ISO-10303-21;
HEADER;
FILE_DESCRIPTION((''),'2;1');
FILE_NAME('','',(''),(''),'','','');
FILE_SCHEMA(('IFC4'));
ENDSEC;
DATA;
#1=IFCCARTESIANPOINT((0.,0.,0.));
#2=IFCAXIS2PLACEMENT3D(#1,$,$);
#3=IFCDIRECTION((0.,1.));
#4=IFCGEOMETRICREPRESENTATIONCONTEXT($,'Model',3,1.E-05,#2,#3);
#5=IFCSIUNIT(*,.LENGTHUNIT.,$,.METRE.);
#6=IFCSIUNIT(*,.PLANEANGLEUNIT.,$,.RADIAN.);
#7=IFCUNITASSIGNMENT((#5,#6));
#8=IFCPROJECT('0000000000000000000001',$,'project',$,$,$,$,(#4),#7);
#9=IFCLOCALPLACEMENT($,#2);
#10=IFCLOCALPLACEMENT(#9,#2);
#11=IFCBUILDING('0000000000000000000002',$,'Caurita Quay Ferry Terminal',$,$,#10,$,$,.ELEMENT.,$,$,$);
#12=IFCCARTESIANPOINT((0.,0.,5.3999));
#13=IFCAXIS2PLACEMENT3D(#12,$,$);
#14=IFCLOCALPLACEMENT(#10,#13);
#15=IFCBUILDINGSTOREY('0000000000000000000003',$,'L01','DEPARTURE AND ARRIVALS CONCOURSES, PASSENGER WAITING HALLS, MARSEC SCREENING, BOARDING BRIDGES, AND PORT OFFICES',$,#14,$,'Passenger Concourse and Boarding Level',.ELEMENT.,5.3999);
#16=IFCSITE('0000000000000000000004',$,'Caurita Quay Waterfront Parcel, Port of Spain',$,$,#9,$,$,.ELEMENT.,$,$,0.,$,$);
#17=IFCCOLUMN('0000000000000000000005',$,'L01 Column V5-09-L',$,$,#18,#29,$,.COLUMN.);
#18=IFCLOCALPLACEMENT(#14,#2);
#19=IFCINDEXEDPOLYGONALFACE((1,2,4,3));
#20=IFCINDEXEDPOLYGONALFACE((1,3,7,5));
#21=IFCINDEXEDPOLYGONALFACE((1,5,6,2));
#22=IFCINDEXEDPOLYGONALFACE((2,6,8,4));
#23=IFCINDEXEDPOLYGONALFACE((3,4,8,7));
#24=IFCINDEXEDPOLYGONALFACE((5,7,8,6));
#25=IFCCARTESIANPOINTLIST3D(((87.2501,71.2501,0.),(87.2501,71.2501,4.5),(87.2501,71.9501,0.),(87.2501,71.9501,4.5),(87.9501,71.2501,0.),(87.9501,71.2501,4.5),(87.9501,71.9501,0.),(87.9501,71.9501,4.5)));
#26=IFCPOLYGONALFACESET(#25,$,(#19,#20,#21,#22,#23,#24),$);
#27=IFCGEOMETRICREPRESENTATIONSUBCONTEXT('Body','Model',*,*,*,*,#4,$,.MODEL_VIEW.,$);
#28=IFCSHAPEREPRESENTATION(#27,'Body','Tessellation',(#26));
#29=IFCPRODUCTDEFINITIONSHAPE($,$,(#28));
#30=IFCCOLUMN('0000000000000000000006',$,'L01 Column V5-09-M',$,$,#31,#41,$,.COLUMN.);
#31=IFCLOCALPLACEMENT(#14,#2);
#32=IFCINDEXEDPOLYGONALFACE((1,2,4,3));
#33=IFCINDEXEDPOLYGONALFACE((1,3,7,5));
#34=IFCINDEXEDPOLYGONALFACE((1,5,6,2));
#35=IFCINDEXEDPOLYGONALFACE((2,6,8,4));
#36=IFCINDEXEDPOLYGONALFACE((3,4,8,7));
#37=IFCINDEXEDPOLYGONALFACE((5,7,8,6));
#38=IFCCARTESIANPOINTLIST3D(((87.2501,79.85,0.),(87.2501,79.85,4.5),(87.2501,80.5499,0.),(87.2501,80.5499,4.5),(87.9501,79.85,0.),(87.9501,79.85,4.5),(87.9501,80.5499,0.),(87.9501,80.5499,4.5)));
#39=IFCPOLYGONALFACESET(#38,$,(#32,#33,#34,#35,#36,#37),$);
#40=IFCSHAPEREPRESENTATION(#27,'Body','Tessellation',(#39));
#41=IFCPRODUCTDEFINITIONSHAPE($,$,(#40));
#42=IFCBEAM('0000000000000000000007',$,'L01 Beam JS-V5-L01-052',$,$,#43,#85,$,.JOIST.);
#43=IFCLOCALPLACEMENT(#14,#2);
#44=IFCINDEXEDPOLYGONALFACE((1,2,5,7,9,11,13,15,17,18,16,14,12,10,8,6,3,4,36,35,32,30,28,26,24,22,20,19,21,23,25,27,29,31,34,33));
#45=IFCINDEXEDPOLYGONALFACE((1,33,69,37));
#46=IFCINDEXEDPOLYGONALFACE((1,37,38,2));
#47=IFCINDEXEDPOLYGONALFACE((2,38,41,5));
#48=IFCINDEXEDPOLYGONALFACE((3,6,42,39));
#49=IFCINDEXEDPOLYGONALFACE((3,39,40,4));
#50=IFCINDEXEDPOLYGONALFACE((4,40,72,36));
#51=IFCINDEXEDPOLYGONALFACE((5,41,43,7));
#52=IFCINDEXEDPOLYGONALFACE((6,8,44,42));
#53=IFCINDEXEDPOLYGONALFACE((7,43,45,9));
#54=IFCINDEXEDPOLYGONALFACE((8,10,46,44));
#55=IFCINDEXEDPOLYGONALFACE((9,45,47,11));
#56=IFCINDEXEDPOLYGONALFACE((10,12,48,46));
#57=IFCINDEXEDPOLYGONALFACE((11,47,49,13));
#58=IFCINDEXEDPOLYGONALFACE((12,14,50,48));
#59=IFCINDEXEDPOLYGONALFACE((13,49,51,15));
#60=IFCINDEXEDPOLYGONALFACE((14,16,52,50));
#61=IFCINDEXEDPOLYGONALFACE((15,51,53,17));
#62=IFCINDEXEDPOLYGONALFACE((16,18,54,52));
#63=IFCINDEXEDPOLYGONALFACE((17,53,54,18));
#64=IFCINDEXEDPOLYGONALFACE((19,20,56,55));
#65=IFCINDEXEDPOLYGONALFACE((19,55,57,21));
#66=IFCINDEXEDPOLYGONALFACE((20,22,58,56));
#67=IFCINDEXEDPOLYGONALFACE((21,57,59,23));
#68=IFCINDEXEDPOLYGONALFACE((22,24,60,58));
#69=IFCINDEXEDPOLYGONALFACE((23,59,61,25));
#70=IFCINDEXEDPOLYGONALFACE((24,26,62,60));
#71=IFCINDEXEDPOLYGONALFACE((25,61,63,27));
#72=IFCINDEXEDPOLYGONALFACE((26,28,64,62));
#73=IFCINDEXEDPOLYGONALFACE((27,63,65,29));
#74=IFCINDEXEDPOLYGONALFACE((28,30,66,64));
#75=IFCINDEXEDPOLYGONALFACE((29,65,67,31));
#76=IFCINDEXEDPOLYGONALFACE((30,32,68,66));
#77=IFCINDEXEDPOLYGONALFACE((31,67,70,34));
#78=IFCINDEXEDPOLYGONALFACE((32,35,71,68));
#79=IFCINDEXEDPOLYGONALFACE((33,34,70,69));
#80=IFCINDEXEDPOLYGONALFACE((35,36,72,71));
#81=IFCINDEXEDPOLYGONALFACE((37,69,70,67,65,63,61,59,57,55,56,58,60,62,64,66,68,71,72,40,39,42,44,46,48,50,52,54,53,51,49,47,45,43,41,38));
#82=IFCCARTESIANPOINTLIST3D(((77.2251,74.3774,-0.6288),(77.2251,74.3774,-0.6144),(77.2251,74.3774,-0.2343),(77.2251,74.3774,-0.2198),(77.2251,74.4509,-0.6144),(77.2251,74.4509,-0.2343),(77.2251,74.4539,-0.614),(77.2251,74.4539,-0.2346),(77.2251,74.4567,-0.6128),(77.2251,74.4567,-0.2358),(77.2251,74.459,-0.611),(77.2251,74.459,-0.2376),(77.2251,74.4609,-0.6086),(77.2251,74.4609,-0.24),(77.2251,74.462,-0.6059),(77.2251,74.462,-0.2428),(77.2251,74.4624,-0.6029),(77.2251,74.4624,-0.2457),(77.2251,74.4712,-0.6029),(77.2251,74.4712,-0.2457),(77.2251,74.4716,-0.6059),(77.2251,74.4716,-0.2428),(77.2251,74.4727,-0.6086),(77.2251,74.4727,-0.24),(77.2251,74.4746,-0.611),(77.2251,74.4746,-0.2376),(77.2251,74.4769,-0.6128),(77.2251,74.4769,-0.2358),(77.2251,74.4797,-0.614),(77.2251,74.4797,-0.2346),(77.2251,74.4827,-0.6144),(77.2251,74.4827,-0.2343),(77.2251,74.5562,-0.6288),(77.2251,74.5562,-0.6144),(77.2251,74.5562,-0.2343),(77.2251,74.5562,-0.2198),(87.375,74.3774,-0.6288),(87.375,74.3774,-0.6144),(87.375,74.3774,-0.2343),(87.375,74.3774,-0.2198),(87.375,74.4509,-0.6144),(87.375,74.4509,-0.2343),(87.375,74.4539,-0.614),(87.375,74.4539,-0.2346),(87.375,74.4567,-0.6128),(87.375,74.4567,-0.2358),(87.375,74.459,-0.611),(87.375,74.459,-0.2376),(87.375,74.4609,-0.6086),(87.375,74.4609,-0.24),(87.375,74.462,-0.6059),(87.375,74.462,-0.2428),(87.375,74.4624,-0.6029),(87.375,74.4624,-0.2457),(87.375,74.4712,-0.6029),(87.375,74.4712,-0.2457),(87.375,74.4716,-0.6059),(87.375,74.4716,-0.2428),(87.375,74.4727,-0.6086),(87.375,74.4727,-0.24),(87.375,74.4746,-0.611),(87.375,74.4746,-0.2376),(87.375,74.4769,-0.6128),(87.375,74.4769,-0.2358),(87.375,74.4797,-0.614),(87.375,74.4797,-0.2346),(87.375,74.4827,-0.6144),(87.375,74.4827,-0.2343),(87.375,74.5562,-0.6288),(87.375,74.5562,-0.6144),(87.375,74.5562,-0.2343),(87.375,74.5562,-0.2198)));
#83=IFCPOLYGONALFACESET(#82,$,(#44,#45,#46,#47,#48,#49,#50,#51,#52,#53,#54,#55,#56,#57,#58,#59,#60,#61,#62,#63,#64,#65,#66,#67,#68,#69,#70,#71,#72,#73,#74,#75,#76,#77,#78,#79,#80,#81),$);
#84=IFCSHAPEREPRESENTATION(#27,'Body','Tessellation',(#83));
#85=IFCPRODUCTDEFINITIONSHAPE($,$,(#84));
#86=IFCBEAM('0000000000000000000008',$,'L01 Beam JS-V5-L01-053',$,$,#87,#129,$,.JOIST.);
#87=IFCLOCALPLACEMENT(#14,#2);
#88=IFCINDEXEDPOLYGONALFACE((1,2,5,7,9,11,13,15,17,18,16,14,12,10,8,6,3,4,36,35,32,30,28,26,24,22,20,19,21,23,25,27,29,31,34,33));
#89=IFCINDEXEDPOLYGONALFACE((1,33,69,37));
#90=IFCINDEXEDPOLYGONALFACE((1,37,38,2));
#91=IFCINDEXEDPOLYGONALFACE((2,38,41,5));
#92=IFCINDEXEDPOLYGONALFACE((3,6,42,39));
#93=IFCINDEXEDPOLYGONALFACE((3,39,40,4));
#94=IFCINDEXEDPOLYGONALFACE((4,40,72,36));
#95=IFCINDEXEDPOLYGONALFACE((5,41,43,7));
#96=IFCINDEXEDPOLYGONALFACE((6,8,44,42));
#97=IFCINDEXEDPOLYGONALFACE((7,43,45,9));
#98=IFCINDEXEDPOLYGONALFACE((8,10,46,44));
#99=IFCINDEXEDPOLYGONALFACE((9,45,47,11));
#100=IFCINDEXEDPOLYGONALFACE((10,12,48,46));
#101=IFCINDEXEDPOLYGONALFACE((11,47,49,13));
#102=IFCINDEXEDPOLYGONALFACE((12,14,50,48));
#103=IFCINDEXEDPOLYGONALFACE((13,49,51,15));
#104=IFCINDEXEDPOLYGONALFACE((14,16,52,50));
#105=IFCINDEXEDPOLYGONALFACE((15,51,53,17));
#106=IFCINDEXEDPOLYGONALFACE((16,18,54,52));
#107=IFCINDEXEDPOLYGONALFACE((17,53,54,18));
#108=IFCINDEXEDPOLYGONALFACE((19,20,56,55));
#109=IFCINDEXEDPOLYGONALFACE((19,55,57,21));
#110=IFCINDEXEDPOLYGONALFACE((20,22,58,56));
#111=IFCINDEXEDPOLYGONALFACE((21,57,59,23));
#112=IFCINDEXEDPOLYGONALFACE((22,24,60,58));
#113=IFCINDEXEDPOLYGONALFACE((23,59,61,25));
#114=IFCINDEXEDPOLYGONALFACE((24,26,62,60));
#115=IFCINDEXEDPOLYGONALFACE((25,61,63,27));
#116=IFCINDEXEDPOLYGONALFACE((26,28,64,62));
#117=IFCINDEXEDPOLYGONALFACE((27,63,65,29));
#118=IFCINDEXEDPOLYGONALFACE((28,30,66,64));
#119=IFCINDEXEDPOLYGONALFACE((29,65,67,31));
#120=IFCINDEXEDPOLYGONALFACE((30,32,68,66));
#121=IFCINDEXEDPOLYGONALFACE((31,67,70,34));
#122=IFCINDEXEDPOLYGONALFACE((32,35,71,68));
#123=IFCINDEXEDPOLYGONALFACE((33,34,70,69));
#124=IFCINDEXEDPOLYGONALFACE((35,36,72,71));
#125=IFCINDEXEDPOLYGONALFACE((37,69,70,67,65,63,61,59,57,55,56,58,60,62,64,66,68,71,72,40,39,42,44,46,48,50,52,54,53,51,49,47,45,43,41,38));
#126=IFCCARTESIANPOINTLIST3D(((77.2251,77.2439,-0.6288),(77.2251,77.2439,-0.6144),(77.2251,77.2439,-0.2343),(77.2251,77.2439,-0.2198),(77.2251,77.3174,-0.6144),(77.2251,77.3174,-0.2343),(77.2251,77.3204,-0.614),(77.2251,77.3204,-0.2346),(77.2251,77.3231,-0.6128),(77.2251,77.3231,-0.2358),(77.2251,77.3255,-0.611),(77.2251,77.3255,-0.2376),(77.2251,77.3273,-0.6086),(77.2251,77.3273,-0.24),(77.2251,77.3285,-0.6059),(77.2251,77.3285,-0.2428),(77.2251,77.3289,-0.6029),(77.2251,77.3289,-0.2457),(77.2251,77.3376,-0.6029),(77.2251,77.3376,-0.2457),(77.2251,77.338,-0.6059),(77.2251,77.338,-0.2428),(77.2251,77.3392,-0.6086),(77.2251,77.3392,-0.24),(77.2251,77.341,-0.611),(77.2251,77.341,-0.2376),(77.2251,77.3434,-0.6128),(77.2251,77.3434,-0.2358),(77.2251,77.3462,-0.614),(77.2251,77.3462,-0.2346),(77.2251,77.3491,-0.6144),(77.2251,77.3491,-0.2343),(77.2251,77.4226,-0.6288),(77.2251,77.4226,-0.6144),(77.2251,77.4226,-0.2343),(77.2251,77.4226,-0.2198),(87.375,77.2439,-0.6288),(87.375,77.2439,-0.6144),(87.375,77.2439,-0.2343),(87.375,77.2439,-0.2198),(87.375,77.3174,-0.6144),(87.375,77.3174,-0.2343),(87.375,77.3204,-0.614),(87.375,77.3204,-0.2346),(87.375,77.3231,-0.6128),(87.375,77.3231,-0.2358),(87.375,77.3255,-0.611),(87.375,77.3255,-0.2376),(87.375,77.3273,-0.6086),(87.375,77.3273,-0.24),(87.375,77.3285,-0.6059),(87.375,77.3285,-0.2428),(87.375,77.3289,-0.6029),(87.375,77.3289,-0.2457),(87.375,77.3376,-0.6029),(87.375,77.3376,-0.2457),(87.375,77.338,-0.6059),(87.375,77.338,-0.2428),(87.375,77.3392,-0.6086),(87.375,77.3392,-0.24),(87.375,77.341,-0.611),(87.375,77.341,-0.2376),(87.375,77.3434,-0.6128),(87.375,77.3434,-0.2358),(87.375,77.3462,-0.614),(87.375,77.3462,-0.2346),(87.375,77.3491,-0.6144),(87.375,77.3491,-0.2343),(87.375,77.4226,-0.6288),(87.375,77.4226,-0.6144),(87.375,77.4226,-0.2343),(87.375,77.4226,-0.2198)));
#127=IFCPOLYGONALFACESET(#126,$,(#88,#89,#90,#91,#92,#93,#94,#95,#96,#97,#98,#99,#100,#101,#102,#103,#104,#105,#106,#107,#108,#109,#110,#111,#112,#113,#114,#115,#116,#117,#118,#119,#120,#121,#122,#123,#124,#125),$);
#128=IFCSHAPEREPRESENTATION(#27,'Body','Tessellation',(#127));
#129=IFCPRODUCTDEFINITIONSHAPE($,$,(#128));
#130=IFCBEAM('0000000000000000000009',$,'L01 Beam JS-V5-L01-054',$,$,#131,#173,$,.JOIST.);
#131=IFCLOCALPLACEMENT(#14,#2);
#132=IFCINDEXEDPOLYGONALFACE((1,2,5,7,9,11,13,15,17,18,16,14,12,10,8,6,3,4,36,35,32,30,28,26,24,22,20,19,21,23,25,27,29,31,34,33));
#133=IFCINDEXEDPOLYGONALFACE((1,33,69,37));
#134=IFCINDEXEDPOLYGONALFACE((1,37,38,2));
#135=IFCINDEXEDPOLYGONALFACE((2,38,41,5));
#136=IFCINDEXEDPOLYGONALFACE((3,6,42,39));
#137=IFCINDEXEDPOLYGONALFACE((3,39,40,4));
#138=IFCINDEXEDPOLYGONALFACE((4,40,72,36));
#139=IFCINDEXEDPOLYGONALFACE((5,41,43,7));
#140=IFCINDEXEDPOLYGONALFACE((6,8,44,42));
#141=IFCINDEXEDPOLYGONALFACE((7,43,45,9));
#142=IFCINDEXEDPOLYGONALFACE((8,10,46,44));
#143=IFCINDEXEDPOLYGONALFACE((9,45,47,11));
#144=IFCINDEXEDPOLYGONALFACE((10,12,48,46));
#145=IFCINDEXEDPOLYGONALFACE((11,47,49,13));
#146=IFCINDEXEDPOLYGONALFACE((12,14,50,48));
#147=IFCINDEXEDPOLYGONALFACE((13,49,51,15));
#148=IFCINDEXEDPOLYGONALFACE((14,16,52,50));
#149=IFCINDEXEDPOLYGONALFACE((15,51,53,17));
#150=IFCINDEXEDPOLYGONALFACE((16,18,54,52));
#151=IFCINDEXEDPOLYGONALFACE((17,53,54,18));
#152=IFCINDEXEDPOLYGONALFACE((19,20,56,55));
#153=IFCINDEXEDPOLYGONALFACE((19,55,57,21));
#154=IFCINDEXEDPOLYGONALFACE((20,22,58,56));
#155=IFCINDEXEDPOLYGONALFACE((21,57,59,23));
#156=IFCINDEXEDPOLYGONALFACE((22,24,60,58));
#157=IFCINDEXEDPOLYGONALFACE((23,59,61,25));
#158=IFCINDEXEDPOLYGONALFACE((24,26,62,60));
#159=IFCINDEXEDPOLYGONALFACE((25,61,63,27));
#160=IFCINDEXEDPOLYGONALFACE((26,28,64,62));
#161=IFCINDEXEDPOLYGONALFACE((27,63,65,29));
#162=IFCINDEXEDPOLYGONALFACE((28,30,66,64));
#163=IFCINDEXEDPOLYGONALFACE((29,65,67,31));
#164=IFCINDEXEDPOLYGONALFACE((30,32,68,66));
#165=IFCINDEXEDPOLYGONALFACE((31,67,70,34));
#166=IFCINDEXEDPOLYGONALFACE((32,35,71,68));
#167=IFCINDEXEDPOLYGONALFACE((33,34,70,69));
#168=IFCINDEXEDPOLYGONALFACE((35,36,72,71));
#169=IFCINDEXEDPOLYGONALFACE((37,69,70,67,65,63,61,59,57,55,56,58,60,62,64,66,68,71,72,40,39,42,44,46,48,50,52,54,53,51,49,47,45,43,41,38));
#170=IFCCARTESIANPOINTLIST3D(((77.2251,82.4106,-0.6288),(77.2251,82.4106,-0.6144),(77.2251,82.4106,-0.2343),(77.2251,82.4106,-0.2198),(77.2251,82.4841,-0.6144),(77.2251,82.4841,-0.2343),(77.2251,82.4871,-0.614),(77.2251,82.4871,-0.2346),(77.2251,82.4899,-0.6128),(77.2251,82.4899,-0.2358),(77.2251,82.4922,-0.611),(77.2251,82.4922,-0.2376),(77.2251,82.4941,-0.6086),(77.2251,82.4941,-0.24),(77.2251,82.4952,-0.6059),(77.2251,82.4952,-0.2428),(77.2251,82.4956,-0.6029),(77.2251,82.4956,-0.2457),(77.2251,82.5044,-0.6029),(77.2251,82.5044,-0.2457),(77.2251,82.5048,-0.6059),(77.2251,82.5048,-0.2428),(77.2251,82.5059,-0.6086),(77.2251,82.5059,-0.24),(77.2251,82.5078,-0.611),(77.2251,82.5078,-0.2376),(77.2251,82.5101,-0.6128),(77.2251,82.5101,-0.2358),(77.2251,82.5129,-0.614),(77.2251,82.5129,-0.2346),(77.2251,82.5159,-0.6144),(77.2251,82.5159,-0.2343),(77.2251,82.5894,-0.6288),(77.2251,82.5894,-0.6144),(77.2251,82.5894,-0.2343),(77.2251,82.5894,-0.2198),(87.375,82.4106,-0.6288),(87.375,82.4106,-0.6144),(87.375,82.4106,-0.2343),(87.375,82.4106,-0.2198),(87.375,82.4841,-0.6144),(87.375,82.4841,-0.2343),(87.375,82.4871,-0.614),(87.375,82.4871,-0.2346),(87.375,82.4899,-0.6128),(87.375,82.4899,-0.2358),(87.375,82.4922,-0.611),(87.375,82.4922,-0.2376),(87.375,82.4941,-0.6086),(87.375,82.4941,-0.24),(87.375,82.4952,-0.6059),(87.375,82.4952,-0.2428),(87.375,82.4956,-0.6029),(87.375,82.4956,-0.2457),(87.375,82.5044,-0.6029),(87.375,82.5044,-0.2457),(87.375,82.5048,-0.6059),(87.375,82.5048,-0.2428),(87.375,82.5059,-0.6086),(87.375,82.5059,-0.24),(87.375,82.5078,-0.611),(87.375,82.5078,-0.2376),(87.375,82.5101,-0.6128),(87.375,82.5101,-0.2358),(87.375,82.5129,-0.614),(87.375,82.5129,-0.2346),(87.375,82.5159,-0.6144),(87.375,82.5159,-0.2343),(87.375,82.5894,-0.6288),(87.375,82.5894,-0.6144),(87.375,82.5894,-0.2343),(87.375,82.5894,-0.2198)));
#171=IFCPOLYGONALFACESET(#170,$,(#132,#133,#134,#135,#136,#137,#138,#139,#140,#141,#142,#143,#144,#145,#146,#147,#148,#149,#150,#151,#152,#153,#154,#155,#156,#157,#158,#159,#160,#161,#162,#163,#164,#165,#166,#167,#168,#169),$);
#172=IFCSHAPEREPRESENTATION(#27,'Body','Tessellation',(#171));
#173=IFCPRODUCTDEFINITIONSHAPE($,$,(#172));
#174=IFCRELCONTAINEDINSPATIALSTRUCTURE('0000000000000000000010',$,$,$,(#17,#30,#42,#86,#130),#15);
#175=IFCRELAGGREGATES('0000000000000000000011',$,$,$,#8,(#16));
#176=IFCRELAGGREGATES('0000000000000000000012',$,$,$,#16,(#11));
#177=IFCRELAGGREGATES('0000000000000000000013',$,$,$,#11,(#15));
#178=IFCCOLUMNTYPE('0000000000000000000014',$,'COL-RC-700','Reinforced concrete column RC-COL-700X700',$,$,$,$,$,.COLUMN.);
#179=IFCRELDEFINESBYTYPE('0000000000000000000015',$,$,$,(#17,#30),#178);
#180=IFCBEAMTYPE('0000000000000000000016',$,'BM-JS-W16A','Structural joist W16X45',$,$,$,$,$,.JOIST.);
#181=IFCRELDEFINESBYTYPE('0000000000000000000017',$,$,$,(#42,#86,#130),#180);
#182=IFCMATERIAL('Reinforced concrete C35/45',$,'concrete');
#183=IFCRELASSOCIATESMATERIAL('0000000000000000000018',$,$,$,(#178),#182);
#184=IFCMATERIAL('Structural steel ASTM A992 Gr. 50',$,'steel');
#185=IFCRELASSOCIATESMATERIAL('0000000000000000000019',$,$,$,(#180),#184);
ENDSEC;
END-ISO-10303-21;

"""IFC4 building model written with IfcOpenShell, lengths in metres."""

from ifc_helpers import new_model, si_unit, direction, frame, origin, origin_2d, place, context, subcontext, project, spatial, rectangle, i_section, extrude, material, material_profile, profile_set, type_object, element, save


model = new_model("IFC4")

# Units and contexts
model_context = context("Model", 3, precision=1e-05, world=origin(), true_north=direction((0.0, 1.0)))
body_context = subcontext(model_context, "Body", "Model", "MODEL_VIEW")
ifc_project = project(units=[si_unit("LENGTHUNIT", "METRE"), si_unit("PLANEANGLEUNIT", "RADIAN")], contexts=[model_context])

# Site, building, storey
site_placement = place(None, origin())
site = spatial("IfcSite", under=ifc_project, at=site_placement, Name="Caurita Quay Waterfront Parcel, Port of Spain", CompositionType="ELEMENT", RefElevation=0.0)
building_placement = place(site_placement, origin())
building = spatial("IfcBuilding", under=site, at=building_placement, Name="Caurita Quay Ferry Terminal", CompositionType="ELEMENT")
storey_placement = place(building_placement, frame((0.0, 0.0, 5.3999)))
storey = spatial("IfcBuildingStorey", under=building, at=storey_placement, Name="L01", Description="DEPARTURE AND ARRIVALS CONCOURSES, PASSENGER WAITING HALLS, MARSEC SCREENING, BOARDING BRIDGES, AND PORT OFFICES", LongName="Passenger Concourse and Boarding Level", CompositionType="ELEMENT", Elevation=5.3999)

# Columns
ifc_material_1 = material(Name="Reinforced concrete C35/45", Category="concrete")
ifc_material_profile_1 = material_profile(ifc_material_1, rectangle(XDim=0.7, YDim=0.7, at=origin_2d()), Name="RC-COL-700X700")
ifc_profile_set_1 = profile_set([ifc_material_profile_1], Name="Reinforced concrete C35/45")
column_type = type_object("IfcColumnType", Name="COL-RC-700", Description="Reinforced concrete column RC-COL-700X700", PredefinedType="COLUMN", material=ifc_profile_set_1)
for number, where, z_axis, x_axis, name in (
    (1, (87.6001, 71.6001, 0.0), (0.0, 0.0, 1.0), (1.0, 0.0, 0.0), "L01 Column V5-09-L"),
    (2, (87.6001, 80.2, 0.0), (0.0, 0.0, 1.0), (1.0, 0.0, 0.0), "L01 Column V5-09-M"),
):
    element("IfcColumn", number, at=place(storey_placement, frame(where, z_axis=z_axis, x_axis=x_axis)), inside=storey, type_object=column_type, Name=name, PredefinedType="COLUMN", context=body_context, shape_type="SweptSolid", body=[
        extrude(rectangle(XDim=0.7, YDim=0.7, at=origin_2d()), origin(), (0.0, 0.0, 1.0), 4.5),
    ])

# Beams
ifc_material_2 = material(Name="Structural steel ASTM A992 Gr. 50", Category="steel")
ifc_material_profile_2 = material_profile(ifc_material_2, i_section(OverallWidth=0.1787, OverallDepth=0.4089, WebThickness=0.0088, FlangeThickness=0.0144, FilletRadius=0.0115, at=origin_2d()), Name="W16X45")
ifc_profile_set_2 = profile_set([ifc_material_profile_2], Name="Structural steel ASTM A992 Gr. 50")
beam_type_1 = type_object("IfcBeamType", Name="BM-JS-W16A", Description="Structural joist W16X45", PredefinedType="JOIST", material=ifc_profile_set_2)
for number, where, z_axis, x_axis, name in (
    (3, (77.2251, 74.4668, -0.4243), (1.0, 0.0, 0.0), (0.0, 1.0, 0.0), "L01 Beam JS-V5-L01-052"),
    (4, (77.2251, 77.3333, -0.4243), (1.0, 0.0, 0.0), (0.0, 1.0, 0.0), "L01 Beam JS-V5-L01-053"),
    (5, (77.2251, 82.5, -0.4243), (1.0, 0.0, 0.0), (0.0, 1.0, 0.0), "L01 Beam JS-V5-L01-054"),
):
    element("IfcBeam", number, at=place(storey_placement, frame(where, z_axis=z_axis, x_axis=x_axis)), inside=storey, type_object=beam_type_1, Name=name, PredefinedType="JOIST", context=body_context, shape_type="SweptSolid", body=[
        extrude(i_section(OverallWidth=0.1787, OverallDepth=0.4089, WebThickness=0.0088, FlangeThickness=0.0144, FilletRadius=0.0115, at=origin_2d()), origin(), (0.0, 0.0, 1.0), 10.1499),
    ])

save(model, "model.ifc")
